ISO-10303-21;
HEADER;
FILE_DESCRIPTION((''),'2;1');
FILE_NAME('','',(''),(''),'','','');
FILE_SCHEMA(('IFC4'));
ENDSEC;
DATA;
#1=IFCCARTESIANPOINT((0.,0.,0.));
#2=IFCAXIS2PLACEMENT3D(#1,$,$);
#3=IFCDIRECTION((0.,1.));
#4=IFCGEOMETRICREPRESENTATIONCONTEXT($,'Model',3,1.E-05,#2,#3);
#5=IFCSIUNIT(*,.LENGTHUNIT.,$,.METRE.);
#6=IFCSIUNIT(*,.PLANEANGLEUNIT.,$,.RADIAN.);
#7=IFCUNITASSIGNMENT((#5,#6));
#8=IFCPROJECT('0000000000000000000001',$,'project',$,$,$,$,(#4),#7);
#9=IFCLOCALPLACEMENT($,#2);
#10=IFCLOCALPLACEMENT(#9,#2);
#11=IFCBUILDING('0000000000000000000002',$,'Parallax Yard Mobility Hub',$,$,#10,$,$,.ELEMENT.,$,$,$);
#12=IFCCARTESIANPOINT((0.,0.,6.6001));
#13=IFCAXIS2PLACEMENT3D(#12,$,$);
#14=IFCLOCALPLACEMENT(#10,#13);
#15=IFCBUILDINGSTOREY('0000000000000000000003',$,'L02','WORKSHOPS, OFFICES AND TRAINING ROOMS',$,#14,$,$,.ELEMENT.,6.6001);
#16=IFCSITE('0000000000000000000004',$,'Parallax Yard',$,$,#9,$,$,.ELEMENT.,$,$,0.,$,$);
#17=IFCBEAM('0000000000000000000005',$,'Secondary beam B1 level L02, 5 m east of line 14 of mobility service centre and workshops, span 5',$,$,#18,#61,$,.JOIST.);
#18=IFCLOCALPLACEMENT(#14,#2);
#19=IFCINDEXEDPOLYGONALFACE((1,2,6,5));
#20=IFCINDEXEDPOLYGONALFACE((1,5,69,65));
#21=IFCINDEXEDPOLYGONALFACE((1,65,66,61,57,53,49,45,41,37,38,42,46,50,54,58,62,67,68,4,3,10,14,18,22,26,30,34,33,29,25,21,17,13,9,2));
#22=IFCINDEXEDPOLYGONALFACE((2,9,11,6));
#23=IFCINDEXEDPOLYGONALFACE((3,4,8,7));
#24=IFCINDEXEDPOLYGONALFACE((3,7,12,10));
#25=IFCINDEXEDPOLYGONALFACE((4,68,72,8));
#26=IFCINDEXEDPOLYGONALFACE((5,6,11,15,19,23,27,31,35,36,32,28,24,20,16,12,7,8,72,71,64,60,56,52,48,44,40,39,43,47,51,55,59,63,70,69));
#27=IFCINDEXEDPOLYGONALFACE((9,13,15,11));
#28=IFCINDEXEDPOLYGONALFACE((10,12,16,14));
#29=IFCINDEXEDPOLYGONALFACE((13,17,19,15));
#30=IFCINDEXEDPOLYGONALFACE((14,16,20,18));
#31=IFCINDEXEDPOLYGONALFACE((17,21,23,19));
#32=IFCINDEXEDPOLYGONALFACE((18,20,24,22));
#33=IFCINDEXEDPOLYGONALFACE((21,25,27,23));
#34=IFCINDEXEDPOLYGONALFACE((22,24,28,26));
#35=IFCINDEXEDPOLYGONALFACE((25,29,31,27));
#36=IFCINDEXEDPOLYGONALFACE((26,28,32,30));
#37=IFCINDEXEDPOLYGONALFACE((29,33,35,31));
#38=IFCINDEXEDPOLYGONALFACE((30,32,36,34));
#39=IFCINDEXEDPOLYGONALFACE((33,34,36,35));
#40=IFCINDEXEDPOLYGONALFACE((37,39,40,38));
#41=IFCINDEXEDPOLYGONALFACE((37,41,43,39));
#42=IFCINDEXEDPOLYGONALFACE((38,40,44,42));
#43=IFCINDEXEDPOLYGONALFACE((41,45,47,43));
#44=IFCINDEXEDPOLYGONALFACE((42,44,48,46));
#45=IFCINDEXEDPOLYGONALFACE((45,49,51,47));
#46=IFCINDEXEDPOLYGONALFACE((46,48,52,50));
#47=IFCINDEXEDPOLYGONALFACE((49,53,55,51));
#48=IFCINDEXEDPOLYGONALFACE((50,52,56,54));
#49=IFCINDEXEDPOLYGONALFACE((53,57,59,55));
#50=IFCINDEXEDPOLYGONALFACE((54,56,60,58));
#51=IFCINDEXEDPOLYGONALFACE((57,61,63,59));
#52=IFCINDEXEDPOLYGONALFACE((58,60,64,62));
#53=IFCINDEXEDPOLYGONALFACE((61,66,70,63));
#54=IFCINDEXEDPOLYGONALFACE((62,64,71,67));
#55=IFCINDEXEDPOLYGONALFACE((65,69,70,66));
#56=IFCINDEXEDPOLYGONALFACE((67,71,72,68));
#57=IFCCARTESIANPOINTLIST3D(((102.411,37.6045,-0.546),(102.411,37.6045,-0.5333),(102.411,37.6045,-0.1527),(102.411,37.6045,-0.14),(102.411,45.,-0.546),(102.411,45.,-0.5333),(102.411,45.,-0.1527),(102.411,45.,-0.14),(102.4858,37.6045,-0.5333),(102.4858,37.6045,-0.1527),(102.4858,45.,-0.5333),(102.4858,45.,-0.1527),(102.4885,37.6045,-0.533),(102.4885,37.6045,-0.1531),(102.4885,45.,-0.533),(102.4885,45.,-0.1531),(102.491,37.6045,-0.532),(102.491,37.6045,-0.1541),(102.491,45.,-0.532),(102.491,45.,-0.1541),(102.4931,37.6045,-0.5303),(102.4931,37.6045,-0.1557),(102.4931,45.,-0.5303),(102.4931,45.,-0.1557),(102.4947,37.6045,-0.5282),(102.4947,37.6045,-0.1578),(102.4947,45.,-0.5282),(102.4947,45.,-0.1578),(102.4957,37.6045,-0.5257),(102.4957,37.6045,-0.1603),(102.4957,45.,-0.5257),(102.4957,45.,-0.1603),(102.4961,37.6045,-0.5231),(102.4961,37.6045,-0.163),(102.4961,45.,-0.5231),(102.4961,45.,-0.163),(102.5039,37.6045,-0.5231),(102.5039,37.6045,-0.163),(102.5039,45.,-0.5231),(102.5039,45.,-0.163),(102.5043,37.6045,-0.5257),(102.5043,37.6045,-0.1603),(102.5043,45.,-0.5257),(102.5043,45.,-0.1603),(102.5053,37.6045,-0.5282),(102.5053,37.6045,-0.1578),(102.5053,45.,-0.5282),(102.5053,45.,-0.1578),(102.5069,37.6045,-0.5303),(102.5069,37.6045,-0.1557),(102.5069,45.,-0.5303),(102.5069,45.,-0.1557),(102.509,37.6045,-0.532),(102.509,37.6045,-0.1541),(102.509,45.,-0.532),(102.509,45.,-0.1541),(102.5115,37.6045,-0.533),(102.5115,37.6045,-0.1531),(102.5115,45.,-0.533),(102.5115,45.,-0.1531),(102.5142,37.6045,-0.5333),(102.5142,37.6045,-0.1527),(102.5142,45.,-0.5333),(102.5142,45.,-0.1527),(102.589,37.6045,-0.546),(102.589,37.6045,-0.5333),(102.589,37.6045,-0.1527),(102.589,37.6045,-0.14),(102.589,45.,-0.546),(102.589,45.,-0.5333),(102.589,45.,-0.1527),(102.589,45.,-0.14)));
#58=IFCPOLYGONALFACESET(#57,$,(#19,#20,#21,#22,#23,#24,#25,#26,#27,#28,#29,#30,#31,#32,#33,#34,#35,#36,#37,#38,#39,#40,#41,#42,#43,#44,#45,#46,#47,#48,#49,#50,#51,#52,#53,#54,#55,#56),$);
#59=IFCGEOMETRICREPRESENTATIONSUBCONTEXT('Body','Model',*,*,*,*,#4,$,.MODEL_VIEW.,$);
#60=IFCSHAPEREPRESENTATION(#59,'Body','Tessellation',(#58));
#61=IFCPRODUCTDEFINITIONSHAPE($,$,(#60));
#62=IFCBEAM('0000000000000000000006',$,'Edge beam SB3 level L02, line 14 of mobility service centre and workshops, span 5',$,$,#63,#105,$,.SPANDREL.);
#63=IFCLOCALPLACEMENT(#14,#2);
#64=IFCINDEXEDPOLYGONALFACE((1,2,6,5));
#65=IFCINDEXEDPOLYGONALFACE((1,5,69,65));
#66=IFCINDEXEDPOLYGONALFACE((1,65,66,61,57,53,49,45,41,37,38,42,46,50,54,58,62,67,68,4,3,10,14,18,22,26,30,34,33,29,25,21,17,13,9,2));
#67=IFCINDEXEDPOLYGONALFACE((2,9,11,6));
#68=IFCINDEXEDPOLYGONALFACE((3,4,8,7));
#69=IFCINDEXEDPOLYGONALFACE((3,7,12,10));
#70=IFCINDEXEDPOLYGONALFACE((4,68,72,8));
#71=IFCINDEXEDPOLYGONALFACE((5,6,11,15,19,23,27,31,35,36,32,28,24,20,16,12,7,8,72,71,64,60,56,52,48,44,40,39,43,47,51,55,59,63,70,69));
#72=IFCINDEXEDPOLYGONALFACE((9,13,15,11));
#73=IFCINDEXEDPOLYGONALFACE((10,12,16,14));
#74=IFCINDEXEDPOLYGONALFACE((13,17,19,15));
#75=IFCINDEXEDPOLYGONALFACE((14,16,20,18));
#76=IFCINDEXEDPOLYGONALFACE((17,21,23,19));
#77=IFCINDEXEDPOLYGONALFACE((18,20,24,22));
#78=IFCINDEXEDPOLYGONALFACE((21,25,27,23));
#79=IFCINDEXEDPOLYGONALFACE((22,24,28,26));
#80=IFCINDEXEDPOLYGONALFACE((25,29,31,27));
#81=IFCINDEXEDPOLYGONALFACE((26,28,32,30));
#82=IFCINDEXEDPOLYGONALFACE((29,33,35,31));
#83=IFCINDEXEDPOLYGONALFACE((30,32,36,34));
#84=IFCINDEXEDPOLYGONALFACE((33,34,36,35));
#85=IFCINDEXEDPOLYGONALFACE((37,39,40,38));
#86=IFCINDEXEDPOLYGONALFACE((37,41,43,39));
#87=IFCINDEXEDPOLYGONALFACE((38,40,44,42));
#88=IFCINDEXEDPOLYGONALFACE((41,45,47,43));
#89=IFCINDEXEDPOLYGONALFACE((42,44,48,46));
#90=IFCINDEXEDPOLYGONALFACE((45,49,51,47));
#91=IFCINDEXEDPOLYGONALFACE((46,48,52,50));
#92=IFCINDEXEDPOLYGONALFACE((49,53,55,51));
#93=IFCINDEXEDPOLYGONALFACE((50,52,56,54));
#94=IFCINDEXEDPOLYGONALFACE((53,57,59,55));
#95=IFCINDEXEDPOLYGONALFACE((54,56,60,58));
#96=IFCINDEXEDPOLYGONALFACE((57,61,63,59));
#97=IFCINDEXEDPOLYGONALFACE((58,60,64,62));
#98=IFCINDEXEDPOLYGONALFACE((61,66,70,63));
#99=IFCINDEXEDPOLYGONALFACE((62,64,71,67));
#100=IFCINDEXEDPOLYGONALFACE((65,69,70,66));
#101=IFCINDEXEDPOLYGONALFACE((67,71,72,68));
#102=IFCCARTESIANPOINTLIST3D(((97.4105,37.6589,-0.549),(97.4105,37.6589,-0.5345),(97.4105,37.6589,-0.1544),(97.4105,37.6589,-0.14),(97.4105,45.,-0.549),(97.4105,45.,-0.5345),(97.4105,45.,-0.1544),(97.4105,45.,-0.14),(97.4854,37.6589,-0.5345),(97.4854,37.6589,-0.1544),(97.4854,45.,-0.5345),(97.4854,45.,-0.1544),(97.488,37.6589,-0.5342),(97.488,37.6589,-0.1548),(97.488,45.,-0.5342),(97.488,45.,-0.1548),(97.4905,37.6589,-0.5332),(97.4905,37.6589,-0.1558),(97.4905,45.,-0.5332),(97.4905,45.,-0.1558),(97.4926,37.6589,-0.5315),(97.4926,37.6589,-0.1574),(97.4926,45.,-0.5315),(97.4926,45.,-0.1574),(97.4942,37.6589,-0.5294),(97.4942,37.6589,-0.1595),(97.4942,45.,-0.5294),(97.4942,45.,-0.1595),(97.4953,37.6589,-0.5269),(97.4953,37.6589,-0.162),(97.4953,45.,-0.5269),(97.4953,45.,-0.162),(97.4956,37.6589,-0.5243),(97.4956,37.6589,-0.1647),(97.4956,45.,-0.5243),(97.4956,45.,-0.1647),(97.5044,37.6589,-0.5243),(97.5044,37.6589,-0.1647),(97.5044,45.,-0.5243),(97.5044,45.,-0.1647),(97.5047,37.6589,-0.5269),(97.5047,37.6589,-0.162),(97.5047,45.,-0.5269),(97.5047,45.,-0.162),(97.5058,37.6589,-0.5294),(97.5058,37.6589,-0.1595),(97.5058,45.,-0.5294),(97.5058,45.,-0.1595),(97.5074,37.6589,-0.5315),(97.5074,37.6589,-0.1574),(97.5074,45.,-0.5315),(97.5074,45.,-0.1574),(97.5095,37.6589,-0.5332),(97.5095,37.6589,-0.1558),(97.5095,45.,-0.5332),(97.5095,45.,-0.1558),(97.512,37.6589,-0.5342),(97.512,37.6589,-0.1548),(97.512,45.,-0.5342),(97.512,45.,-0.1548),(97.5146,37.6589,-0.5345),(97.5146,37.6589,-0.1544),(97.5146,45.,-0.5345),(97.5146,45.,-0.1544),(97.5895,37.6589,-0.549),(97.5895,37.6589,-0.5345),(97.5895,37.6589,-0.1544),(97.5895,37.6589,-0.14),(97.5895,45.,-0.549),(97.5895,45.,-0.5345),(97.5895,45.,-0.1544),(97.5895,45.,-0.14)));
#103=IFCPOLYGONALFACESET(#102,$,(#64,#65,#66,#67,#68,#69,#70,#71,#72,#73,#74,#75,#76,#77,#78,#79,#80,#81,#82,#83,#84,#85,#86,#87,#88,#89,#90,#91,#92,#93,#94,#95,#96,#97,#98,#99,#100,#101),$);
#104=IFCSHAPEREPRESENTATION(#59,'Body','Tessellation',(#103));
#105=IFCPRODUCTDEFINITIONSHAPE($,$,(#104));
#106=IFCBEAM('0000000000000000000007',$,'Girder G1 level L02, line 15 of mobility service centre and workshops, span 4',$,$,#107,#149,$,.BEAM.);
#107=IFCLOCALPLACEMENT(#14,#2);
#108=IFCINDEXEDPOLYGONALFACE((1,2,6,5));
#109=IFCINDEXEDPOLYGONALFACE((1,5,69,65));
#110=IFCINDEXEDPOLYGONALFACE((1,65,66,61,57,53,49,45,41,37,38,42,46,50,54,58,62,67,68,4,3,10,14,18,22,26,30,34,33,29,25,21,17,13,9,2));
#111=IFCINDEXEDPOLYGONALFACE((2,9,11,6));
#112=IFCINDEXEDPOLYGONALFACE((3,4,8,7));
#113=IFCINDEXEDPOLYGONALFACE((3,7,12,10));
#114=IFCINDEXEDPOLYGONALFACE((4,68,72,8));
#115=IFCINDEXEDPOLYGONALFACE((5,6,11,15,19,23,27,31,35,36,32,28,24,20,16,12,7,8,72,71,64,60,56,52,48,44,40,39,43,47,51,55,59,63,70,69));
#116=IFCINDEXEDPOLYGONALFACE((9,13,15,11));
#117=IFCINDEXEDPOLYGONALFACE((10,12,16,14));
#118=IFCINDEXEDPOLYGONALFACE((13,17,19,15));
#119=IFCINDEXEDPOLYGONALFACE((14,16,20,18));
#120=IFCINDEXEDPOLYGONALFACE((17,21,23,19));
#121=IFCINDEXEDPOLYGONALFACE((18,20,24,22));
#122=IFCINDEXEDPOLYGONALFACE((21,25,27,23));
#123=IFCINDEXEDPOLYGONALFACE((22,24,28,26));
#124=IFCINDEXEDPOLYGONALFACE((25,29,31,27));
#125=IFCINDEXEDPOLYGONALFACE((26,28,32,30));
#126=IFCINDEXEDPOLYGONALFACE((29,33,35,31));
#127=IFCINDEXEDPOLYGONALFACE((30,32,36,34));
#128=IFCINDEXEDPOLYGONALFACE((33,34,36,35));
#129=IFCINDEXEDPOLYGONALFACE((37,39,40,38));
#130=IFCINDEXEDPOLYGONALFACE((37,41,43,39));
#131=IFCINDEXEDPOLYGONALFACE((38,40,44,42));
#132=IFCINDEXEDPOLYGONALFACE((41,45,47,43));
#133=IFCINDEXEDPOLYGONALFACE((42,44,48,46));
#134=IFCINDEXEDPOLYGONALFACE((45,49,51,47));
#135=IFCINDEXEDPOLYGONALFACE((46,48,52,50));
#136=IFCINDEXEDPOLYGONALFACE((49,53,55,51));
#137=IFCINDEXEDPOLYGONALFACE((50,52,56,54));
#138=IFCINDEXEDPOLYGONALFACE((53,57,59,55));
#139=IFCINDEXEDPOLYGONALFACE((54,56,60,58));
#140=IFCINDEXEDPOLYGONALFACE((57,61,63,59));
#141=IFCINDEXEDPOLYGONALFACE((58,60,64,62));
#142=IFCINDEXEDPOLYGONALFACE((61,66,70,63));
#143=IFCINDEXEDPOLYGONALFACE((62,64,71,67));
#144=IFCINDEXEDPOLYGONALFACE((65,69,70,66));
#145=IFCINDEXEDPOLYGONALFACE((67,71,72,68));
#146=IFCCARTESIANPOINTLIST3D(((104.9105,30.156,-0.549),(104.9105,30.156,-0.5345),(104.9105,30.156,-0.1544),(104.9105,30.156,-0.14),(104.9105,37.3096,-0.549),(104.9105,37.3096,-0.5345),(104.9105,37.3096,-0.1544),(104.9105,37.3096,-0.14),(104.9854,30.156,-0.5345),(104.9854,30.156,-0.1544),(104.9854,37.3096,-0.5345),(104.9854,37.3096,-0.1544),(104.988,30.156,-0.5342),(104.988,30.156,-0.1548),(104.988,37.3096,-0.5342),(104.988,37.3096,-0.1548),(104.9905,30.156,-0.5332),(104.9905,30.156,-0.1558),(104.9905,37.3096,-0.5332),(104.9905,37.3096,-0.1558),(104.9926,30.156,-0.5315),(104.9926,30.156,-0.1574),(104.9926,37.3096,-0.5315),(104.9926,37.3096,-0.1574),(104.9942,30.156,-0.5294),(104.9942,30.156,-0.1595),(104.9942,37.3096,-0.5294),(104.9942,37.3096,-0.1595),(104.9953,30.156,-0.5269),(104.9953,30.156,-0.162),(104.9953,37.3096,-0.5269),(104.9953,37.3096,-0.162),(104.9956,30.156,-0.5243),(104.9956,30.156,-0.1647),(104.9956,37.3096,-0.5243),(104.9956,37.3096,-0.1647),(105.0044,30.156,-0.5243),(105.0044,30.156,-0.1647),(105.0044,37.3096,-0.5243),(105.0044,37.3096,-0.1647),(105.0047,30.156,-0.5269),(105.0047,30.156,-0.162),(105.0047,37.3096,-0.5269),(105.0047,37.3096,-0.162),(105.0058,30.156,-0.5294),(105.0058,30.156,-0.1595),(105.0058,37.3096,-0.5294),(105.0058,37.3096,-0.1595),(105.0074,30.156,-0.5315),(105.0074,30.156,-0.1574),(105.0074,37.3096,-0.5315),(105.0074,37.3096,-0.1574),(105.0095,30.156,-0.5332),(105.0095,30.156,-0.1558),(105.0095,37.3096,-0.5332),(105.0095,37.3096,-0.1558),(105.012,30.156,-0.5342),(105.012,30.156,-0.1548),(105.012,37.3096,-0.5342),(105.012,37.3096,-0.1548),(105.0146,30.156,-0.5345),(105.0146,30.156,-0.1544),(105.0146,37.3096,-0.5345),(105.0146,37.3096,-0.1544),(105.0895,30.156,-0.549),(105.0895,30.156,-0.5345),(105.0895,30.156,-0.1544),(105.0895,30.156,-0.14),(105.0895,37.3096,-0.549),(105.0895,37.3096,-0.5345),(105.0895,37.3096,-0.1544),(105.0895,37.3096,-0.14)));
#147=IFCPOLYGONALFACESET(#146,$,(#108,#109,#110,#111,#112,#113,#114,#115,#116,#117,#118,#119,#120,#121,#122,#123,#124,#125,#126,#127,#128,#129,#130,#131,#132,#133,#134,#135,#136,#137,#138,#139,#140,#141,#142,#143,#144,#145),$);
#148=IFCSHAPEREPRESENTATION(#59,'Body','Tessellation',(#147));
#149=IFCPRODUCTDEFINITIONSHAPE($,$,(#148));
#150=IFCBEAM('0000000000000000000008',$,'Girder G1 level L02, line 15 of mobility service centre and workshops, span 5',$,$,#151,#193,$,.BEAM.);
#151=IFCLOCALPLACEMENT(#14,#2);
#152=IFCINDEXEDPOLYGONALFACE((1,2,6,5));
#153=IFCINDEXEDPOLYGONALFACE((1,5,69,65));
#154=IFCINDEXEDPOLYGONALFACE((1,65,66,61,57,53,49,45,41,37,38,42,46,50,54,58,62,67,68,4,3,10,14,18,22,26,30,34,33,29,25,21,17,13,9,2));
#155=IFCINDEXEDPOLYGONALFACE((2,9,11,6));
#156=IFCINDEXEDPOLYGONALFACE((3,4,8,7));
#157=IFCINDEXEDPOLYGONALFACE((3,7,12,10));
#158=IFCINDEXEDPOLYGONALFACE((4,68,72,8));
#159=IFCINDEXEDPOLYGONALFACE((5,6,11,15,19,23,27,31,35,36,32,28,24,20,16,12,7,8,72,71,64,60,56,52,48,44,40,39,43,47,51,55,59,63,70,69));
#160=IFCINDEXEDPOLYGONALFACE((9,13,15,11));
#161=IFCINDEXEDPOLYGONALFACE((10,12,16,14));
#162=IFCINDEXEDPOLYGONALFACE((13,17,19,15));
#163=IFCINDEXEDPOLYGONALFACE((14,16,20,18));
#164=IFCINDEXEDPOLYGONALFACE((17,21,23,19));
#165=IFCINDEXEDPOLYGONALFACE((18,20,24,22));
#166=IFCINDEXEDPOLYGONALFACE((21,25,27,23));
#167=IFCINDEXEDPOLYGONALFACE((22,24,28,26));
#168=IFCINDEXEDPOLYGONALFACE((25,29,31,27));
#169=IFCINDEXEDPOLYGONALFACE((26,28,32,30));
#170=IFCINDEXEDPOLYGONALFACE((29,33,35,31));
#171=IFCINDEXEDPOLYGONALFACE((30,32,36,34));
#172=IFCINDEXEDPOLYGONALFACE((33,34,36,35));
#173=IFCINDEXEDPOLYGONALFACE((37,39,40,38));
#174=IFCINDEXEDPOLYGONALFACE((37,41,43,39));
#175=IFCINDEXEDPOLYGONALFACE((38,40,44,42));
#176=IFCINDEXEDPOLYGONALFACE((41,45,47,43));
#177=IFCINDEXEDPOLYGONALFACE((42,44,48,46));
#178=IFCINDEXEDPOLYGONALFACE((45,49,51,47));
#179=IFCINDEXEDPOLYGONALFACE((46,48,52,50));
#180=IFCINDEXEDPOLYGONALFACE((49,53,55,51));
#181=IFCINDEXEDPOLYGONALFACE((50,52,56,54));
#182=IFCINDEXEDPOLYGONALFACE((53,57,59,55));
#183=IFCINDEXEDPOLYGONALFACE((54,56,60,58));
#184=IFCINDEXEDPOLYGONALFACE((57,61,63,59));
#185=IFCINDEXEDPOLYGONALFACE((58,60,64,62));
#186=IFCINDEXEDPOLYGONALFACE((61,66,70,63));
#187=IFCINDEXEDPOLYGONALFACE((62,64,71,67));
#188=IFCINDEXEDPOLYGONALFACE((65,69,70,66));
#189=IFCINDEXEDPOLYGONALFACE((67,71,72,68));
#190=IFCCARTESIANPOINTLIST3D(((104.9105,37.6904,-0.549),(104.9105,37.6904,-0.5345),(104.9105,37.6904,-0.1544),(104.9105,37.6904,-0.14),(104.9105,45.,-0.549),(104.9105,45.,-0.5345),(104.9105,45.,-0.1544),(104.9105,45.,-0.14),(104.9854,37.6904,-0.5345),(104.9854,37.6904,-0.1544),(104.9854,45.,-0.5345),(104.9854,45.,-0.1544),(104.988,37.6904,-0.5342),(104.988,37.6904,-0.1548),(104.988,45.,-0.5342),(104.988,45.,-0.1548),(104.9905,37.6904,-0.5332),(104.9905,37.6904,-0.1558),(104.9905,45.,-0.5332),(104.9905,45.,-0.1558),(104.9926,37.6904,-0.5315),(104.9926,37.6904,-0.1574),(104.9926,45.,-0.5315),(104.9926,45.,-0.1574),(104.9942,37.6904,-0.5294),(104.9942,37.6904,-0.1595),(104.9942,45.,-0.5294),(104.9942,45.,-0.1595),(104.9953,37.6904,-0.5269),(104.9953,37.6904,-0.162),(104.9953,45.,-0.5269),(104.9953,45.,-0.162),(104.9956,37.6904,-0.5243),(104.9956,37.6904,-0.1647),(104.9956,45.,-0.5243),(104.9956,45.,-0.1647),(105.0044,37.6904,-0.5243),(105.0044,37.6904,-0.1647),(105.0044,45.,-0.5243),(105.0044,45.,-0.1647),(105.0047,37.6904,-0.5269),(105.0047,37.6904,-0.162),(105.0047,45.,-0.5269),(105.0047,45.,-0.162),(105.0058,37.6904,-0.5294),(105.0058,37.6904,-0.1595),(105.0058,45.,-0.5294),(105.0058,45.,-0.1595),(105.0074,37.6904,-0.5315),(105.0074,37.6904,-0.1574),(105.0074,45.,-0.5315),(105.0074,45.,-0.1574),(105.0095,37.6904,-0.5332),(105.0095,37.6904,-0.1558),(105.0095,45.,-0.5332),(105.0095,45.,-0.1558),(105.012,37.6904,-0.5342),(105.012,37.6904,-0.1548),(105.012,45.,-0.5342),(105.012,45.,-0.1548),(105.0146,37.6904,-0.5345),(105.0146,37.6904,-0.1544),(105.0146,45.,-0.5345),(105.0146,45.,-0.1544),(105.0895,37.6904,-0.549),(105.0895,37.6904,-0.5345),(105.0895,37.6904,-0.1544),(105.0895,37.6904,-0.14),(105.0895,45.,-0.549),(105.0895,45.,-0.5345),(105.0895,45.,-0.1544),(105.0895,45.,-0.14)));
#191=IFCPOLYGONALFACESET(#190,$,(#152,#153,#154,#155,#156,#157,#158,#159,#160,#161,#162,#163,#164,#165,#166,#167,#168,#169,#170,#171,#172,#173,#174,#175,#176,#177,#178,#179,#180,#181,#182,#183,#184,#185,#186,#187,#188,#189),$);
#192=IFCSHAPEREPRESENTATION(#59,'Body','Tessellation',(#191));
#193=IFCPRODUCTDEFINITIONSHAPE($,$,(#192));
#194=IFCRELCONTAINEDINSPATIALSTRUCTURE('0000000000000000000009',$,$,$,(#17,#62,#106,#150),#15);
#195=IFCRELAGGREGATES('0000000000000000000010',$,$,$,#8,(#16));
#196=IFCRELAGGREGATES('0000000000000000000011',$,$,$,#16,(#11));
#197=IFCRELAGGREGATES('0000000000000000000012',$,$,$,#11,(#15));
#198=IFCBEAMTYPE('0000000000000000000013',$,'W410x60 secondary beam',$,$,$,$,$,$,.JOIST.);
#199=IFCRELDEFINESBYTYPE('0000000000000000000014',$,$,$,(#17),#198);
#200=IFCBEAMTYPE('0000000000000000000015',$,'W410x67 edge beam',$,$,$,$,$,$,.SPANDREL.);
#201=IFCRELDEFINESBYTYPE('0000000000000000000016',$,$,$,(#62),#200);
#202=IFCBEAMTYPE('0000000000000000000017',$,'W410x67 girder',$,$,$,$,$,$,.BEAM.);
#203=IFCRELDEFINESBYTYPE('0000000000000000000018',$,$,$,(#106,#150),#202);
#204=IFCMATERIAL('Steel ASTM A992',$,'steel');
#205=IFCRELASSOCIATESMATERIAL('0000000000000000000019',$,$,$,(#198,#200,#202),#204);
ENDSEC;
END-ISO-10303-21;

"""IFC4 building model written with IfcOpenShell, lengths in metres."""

from ifc_helpers import new_model, si_unit, direction, frame, origin, origin_2d, place, context, subcontext, project, spatial, i_section, extrude, material, material_profile, profile_set, type_object, element, save


model = new_model("IFC4")

# Units and contexts
model_context = context("Model", 3, precision=1e-05, world=origin(), true_north=direction((0.0, 1.0)))
body_context = subcontext(model_context, "Body", "Model", "MODEL_VIEW")
ifc_project = project(units=[si_unit("LENGTHUNIT", "METRE"), si_unit("PLANEANGLEUNIT", "RADIAN")], contexts=[model_context])

# Site, building, storey
site_placement = place(None, origin())
site = spatial("IfcSite", under=ifc_project, at=site_placement, Name="Parallax Yard", CompositionType="ELEMENT", RefElevation=0.0)
building_placement = place(site_placement, origin())
building = spatial("IfcBuilding", under=site, at=building_placement, Name="Parallax Yard Mobility Hub", CompositionType="ELEMENT")
storey_placement = place(building_placement, frame((0.0, 0.0, 6.6001)))
storey = spatial("IfcBuildingStorey", under=building, at=storey_placement, Name="L02", Description="WORKSHOPS, OFFICES AND TRAINING ROOMS", CompositionType="ELEMENT", Elevation=6.6001)

# Shared definitions
ifc_material_1 = material(Name="Steel ASTM A992", Category="steel")

# Beams
ifc_material_profile_1 = material_profile(ifc_material_1, i_section(OverallWidth=0.178, OverallDepth=0.406, WebThickness=0.0078, FlangeThickness=0.0127, FilletRadius=0.0103, at=origin_2d()), Name="W410x60")
ifc_profile_set_1 = profile_set([ifc_material_profile_1], Name="Steel ASTM A992")
beam_type_1 = type_object("IfcBeamType", Name="W410x60 secondary beam", PredefinedType="JOIST", material=ifc_profile_set_1)
for number, where, z_axis, x_axis, name in (
    (1, (102.5, 37.6045, -0.343), (0.0, 1.0, 0.0), (-1.0, 0.0, 0.0), "Secondary beam B1 level L02, 5 m east of line 14 of mobility service centre and workshops, span 5"),
):
    element("IfcBeam", number, at=place(storey_placement, frame(where, z_axis=z_axis, x_axis=x_axis)), inside=storey, type_object=beam_type_1, Name=name, PredefinedType="JOIST", context=body_context, shape_type="SweptSolid", body=[
        extrude(i_section(OverallWidth=0.178, OverallDepth=0.406, WebThickness=0.0078, FlangeThickness=0.0127, FilletRadius=0.0103, at=origin_2d()), origin(), (0.0, 0.0, 1.0), 7.3955),
    ])
ifc_material_profile_2 = material_profile(ifc_material_1, i_section(OverallWidth=0.179, OverallDepth=0.4089, WebThickness=0.0088, FlangeThickness=0.0144, FilletRadius=0.0103, at=origin_2d()), Name="W410x67")
ifc_profile_set_2 = profile_set([ifc_material_profile_2], Name="Steel ASTM A992")
beam_type_2 = type_object("IfcBeamType", Name="W410x67 edge beam", PredefinedType="SPANDREL", material=ifc_profile_set_2)
beam_1_placement = place(storey_placement, frame((97.5, 37.6589, -0.3445), z_axis=(0.0, 1.0, 0.0), x_axis=(-1.0, 0.0, 0.0)))
element("IfcBeam", 2, at=beam_1_placement, inside=storey, type_object=beam_type_2, Name="Edge beam SB3 level L02, line 14 of mobility service centre and workshops, span 5", PredefinedType="SPANDREL", context=body_context, shape_type="SweptSolid", body=[
    extrude(i_section(OverallWidth=0.179, OverallDepth=0.4089, WebThickness=0.0088, FlangeThickness=0.0144, FilletRadius=0.0103, at=origin_2d()), origin(), (0.0, 0.0, 1.0), 7.3411),
])
ifc_material_profile_3 = material_profile(ifc_material_1, i_section(OverallWidth=0.179, OverallDepth=0.4089, WebThickness=0.0088, FlangeThickness=0.0144, FilletRadius=0.0103, at=origin_2d()), Name="W410x67")
ifc_profile_set_3 = profile_set([ifc_material_profile_3], Name="Steel ASTM A992")
beam_type_3 = type_object("IfcBeamType", Name="W410x67 girder", PredefinedType="BEAM", material=ifc_profile_set_3)
beam_2_placement = place(storey_placement, frame((105.0, 30.156, -0.3445), z_axis=(0.0, 1.0, 0.0), x_axis=(-1.0, 0.0, 0.0)))
element("IfcBeam", 3, at=beam_2_placement, inside=storey, type_object=beam_type_3, Name="Girder G1 level L02, line 15 of mobility service centre and workshops, span 4", PredefinedType="BEAM", context=body_context, shape_type="SweptSolid", body=[
    extrude(i_section(OverallWidth=0.179, OverallDepth=0.4089, WebThickness=0.0088, FlangeThickness=0.0144, FilletRadius=0.0103, at=origin_2d()), origin(), (0.0, 0.0, 1.0), 7.1536),
])
beam_3_placement = place(storey_placement, frame((105.0, 37.6904, -0.3445), z_axis=(0.0, 1.0, 0.0), x_axis=(-1.0, 0.0, 0.0)))
element("IfcBeam", 4, at=beam_3_placement, inside=storey, type_object=beam_type_3, Name="Girder G1 level L02, line 15 of mobility service centre and workshops, span 5", PredefinedType="BEAM", context=body_context, shape_type="SweptSolid", body=[
    extrude(i_section(OverallWidth=0.179, OverallDepth=0.4089, WebThickness=0.0088, FlangeThickness=0.0144, FilletRadius=0.0103, at=origin_2d()), origin(), (0.0, 0.0, 1.0), 7.3096),
])

save(model, "model.ifc")
